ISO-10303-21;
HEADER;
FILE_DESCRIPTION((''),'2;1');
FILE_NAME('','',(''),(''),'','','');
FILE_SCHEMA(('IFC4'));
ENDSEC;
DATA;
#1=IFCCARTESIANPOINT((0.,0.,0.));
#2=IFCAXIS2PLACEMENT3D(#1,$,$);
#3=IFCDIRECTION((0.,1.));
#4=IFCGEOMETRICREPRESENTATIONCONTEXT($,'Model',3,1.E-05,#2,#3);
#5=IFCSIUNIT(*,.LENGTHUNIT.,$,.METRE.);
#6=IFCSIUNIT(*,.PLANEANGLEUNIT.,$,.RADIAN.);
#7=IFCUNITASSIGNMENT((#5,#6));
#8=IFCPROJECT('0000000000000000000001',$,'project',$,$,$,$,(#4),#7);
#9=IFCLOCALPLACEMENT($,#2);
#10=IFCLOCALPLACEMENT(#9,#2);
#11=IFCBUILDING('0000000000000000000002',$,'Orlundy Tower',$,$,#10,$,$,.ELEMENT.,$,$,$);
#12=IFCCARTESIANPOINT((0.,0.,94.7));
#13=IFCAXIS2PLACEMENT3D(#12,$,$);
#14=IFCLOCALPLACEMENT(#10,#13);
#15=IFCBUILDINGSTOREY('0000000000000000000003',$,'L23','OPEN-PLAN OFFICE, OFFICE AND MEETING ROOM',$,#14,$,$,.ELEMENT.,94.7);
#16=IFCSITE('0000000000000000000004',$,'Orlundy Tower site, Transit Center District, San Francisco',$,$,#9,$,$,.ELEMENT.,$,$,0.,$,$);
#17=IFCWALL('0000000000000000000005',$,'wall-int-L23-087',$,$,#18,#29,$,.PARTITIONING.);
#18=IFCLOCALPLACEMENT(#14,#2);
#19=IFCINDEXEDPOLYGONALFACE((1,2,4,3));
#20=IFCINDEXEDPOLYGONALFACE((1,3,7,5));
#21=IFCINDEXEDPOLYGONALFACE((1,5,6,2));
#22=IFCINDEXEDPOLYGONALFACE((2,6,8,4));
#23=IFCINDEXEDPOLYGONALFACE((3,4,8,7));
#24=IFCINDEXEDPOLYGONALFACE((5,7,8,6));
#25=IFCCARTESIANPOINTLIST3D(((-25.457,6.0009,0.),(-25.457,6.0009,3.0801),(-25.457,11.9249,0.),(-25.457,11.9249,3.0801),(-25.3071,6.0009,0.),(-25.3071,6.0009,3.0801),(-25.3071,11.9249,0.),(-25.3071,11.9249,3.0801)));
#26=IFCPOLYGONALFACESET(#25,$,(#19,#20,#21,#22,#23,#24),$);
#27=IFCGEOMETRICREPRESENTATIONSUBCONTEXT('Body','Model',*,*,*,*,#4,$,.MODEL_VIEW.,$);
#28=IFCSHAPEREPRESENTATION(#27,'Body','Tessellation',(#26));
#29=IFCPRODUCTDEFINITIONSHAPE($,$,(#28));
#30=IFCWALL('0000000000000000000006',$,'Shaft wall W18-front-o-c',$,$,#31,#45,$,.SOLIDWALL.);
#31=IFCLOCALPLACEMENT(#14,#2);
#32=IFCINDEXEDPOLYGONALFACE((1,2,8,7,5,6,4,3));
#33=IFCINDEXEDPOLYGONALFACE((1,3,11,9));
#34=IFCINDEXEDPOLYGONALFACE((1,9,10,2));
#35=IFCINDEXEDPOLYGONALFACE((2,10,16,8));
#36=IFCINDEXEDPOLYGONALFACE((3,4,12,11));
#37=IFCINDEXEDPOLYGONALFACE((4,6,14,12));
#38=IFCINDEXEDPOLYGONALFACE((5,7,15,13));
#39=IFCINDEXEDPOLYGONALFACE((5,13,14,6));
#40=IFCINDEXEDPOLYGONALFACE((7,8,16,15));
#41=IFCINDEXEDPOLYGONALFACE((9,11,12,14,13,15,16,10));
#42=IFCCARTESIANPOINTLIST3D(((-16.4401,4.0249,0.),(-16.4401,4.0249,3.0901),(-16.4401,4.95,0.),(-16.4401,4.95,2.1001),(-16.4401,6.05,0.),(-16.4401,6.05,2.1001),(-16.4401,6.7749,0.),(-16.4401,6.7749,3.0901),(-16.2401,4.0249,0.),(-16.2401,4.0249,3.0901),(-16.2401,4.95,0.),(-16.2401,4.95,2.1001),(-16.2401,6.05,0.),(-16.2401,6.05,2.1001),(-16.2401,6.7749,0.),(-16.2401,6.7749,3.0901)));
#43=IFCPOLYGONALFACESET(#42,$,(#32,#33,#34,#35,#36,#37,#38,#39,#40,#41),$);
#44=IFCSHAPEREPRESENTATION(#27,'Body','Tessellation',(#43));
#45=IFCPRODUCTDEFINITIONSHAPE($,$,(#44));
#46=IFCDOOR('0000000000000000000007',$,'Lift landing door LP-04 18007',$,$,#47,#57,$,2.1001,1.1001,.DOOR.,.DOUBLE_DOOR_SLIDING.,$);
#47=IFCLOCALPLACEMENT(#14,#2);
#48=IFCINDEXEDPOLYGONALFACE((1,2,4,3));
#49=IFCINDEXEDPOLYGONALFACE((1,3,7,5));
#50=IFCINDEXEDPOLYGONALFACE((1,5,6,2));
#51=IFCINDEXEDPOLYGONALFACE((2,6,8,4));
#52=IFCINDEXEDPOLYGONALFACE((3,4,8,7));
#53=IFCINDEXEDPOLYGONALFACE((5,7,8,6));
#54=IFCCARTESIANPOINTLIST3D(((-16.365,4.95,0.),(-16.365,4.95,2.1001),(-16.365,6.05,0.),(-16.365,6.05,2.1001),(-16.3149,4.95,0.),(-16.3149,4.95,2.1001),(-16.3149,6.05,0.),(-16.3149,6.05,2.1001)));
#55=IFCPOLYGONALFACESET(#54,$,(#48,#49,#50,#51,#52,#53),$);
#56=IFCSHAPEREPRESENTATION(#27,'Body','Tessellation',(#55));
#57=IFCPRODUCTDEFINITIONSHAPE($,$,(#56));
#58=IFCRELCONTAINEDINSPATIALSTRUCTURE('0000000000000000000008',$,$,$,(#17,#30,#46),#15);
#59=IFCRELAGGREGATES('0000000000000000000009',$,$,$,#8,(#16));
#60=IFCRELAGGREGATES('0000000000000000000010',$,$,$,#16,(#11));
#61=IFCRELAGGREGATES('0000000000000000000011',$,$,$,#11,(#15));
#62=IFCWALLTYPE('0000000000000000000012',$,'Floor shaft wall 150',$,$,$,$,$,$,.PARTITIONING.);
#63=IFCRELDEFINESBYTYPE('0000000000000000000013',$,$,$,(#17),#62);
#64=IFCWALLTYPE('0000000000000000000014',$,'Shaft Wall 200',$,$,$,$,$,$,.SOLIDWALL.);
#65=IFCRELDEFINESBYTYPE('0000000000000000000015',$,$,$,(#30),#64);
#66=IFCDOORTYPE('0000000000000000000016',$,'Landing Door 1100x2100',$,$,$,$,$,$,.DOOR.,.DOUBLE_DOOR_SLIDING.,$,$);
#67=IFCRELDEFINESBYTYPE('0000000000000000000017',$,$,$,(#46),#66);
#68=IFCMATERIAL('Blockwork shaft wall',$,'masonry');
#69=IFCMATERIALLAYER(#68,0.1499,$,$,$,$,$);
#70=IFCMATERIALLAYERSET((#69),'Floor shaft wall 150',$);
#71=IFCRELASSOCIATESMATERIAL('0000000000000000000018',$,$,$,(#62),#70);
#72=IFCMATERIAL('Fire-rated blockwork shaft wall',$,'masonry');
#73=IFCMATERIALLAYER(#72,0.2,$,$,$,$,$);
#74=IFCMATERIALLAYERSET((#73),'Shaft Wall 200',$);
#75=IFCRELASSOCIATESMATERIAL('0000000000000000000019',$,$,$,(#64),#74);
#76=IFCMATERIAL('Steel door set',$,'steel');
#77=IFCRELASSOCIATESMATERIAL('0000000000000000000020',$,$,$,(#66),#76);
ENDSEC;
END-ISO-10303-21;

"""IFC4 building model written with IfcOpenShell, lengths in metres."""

from ifc_helpers import new_model, si_unit, direction, frame, frame_2d, origin, place, context, subcontext, project, spatial, rectangle, extrude, material, layer, layer_set, type_object, element, fill, save


model = new_model("IFC4")

# Units and contexts
model_context = context("Model", 3, precision=1e-05, world=origin(), true_north=direction((0.0, 1.0)))
body_context = subcontext(model_context, "Body", "Model", "MODEL_VIEW")
ifc_project = project(units=[si_unit("LENGTHUNIT", "METRE"), si_unit("PLANEANGLEUNIT", "RADIAN")], contexts=[model_context])

# Site, building, storey
site_placement = place(None, origin())
site = spatial("IfcSite", under=ifc_project, at=site_placement, Name="Orlundy Tower site, Transit Center District, San Francisco", CompositionType="ELEMENT", RefElevation=0.0)
building_placement = place(site_placement, origin())
building = spatial("IfcBuilding", under=site, at=building_placement, Name="Orlundy Tower", CompositionType="ELEMENT")
storey_placement = place(building_placement, frame((0.0, 0.0, 94.7)))
storey = spatial("IfcBuildingStorey", under=building, at=storey_placement, Name="L23", Description="OPEN-PLAN OFFICE, OFFICE AND MEETING ROOM", CompositionType="ELEMENT", Elevation=94.7)

# Wall
ifc_material_1 = material(Name="Blockwork shaft wall", Category="masonry")
ifc_layer_1 = layer(ifc_material_1, 0.1499)
ifc_layer_set_1 = layer_set([ifc_layer_1], Name="Floor shaft wall 150")
wall_type_1 = type_object("IfcWallType", Name="Floor shaft wall 150", PredefinedType="PARTITIONING", material=ifc_layer_set_1)
wall_1_placement = place(storey_placement, frame((-25.3821, 6.001, 0.0), z_axis=(0.0, 0.0, 1.0), x_axis=(0.0, 1.0, 0.0)))
element("IfcWall", 1, at=wall_1_placement, inside=storey, type_object=wall_type_1, Name="wall-int-L23-087", PredefinedType="PARTITIONING", context=body_context, shape_type="SweptSolid", body=[
    extrude(rectangle(XDim=5.9241, YDim=0.1499, at=frame_2d((2.9619, 0.0))), origin(), (0.0, 0.0, 1.0), 3.0801),
])

# Wall, opening, door
ifc_material_2 = material(Name="Fire-rated blockwork shaft wall", Category="masonry")
ifc_layer_2 = layer(ifc_material_2, 0.2)
ifc_layer_set_2 = layer_set([ifc_layer_2], Name="Shaft Wall 200")
wall_type_2 = type_object("IfcWallType", Name="Shaft Wall 200", PredefinedType="SOLIDWALL", material=ifc_layer_set_2)
wall_2_placement = place(storey_placement, frame((-16.3401, 4.0249, 0.0), z_axis=(0.0, 0.0, 1.0), x_axis=(0.0, 1.0, 0.0)))
wall_2 = element("IfcWall", 2, at=wall_2_placement, inside=storey, type_object=wall_type_2, Name="Shaft wall W18-front-o-c", PredefinedType="SOLIDWALL", context=body_context, shape_type="SweptSolid", body=[
    extrude(rectangle(XDim=2.75, YDim=0.2, at=frame_2d((1.375, 0.0))), origin(), (0.0, 0.0, 1.0), 3.0901),
])
opening_1_placement = place(wall_2_placement, frame((0.925, 0.0, 0.0)))
opening_1 = element("IfcOpeningElement", 3, at=opening_1_placement, cuts=wall_2, PredefinedType="OPENING", context=body_context, shape_type="SweptSolid", body=[
    extrude(rectangle(XDim=1.1001, YDim=2.1001, at=frame_2d((0.55, 1.05))), frame((0.0, 0.1101, 0.0), z_axis=(0.0, -1.0, 0.0), x_axis=(1.0, 0.0, 0.0)), (0.0, 0.0, 1.0), 0.2202),
])
ifc_material_3 = material(Name="Steel door set", Category="steel")
door_type_1 = type_object("IfcDoorType", Name="Landing Door 1100x2100", OperationType="DOUBLE_DOOR_SLIDING", PredefinedType="DOOR", material=ifc_material_3)
door_1_placement = place(opening_1_placement, origin())
door_1 = element("IfcDoor", 4, at=door_1_placement, inside=storey, type_object=door_type_1, Name="Lift landing door LP-04 18007", OperationType="DOUBLE_DOOR_SLIDING", OverallHeight=2.1001, OverallWidth=1.1001, PredefinedType="DOOR", context=body_context, shape_type="SweptSolid", body=[
    extrude(rectangle(XDim=1.1001, YDim=2.1001, at=frame_2d((0.55, 1.05))), frame((0.0, 0.0249, 0.0), z_axis=(0.0, -1.0, 0.0), x_axis=(1.0, 0.0, 0.0)), (0.0, 0.0, 1.0), 0.05),
])
fill(opening_1, door_1)

save(model, "model.ifc")
